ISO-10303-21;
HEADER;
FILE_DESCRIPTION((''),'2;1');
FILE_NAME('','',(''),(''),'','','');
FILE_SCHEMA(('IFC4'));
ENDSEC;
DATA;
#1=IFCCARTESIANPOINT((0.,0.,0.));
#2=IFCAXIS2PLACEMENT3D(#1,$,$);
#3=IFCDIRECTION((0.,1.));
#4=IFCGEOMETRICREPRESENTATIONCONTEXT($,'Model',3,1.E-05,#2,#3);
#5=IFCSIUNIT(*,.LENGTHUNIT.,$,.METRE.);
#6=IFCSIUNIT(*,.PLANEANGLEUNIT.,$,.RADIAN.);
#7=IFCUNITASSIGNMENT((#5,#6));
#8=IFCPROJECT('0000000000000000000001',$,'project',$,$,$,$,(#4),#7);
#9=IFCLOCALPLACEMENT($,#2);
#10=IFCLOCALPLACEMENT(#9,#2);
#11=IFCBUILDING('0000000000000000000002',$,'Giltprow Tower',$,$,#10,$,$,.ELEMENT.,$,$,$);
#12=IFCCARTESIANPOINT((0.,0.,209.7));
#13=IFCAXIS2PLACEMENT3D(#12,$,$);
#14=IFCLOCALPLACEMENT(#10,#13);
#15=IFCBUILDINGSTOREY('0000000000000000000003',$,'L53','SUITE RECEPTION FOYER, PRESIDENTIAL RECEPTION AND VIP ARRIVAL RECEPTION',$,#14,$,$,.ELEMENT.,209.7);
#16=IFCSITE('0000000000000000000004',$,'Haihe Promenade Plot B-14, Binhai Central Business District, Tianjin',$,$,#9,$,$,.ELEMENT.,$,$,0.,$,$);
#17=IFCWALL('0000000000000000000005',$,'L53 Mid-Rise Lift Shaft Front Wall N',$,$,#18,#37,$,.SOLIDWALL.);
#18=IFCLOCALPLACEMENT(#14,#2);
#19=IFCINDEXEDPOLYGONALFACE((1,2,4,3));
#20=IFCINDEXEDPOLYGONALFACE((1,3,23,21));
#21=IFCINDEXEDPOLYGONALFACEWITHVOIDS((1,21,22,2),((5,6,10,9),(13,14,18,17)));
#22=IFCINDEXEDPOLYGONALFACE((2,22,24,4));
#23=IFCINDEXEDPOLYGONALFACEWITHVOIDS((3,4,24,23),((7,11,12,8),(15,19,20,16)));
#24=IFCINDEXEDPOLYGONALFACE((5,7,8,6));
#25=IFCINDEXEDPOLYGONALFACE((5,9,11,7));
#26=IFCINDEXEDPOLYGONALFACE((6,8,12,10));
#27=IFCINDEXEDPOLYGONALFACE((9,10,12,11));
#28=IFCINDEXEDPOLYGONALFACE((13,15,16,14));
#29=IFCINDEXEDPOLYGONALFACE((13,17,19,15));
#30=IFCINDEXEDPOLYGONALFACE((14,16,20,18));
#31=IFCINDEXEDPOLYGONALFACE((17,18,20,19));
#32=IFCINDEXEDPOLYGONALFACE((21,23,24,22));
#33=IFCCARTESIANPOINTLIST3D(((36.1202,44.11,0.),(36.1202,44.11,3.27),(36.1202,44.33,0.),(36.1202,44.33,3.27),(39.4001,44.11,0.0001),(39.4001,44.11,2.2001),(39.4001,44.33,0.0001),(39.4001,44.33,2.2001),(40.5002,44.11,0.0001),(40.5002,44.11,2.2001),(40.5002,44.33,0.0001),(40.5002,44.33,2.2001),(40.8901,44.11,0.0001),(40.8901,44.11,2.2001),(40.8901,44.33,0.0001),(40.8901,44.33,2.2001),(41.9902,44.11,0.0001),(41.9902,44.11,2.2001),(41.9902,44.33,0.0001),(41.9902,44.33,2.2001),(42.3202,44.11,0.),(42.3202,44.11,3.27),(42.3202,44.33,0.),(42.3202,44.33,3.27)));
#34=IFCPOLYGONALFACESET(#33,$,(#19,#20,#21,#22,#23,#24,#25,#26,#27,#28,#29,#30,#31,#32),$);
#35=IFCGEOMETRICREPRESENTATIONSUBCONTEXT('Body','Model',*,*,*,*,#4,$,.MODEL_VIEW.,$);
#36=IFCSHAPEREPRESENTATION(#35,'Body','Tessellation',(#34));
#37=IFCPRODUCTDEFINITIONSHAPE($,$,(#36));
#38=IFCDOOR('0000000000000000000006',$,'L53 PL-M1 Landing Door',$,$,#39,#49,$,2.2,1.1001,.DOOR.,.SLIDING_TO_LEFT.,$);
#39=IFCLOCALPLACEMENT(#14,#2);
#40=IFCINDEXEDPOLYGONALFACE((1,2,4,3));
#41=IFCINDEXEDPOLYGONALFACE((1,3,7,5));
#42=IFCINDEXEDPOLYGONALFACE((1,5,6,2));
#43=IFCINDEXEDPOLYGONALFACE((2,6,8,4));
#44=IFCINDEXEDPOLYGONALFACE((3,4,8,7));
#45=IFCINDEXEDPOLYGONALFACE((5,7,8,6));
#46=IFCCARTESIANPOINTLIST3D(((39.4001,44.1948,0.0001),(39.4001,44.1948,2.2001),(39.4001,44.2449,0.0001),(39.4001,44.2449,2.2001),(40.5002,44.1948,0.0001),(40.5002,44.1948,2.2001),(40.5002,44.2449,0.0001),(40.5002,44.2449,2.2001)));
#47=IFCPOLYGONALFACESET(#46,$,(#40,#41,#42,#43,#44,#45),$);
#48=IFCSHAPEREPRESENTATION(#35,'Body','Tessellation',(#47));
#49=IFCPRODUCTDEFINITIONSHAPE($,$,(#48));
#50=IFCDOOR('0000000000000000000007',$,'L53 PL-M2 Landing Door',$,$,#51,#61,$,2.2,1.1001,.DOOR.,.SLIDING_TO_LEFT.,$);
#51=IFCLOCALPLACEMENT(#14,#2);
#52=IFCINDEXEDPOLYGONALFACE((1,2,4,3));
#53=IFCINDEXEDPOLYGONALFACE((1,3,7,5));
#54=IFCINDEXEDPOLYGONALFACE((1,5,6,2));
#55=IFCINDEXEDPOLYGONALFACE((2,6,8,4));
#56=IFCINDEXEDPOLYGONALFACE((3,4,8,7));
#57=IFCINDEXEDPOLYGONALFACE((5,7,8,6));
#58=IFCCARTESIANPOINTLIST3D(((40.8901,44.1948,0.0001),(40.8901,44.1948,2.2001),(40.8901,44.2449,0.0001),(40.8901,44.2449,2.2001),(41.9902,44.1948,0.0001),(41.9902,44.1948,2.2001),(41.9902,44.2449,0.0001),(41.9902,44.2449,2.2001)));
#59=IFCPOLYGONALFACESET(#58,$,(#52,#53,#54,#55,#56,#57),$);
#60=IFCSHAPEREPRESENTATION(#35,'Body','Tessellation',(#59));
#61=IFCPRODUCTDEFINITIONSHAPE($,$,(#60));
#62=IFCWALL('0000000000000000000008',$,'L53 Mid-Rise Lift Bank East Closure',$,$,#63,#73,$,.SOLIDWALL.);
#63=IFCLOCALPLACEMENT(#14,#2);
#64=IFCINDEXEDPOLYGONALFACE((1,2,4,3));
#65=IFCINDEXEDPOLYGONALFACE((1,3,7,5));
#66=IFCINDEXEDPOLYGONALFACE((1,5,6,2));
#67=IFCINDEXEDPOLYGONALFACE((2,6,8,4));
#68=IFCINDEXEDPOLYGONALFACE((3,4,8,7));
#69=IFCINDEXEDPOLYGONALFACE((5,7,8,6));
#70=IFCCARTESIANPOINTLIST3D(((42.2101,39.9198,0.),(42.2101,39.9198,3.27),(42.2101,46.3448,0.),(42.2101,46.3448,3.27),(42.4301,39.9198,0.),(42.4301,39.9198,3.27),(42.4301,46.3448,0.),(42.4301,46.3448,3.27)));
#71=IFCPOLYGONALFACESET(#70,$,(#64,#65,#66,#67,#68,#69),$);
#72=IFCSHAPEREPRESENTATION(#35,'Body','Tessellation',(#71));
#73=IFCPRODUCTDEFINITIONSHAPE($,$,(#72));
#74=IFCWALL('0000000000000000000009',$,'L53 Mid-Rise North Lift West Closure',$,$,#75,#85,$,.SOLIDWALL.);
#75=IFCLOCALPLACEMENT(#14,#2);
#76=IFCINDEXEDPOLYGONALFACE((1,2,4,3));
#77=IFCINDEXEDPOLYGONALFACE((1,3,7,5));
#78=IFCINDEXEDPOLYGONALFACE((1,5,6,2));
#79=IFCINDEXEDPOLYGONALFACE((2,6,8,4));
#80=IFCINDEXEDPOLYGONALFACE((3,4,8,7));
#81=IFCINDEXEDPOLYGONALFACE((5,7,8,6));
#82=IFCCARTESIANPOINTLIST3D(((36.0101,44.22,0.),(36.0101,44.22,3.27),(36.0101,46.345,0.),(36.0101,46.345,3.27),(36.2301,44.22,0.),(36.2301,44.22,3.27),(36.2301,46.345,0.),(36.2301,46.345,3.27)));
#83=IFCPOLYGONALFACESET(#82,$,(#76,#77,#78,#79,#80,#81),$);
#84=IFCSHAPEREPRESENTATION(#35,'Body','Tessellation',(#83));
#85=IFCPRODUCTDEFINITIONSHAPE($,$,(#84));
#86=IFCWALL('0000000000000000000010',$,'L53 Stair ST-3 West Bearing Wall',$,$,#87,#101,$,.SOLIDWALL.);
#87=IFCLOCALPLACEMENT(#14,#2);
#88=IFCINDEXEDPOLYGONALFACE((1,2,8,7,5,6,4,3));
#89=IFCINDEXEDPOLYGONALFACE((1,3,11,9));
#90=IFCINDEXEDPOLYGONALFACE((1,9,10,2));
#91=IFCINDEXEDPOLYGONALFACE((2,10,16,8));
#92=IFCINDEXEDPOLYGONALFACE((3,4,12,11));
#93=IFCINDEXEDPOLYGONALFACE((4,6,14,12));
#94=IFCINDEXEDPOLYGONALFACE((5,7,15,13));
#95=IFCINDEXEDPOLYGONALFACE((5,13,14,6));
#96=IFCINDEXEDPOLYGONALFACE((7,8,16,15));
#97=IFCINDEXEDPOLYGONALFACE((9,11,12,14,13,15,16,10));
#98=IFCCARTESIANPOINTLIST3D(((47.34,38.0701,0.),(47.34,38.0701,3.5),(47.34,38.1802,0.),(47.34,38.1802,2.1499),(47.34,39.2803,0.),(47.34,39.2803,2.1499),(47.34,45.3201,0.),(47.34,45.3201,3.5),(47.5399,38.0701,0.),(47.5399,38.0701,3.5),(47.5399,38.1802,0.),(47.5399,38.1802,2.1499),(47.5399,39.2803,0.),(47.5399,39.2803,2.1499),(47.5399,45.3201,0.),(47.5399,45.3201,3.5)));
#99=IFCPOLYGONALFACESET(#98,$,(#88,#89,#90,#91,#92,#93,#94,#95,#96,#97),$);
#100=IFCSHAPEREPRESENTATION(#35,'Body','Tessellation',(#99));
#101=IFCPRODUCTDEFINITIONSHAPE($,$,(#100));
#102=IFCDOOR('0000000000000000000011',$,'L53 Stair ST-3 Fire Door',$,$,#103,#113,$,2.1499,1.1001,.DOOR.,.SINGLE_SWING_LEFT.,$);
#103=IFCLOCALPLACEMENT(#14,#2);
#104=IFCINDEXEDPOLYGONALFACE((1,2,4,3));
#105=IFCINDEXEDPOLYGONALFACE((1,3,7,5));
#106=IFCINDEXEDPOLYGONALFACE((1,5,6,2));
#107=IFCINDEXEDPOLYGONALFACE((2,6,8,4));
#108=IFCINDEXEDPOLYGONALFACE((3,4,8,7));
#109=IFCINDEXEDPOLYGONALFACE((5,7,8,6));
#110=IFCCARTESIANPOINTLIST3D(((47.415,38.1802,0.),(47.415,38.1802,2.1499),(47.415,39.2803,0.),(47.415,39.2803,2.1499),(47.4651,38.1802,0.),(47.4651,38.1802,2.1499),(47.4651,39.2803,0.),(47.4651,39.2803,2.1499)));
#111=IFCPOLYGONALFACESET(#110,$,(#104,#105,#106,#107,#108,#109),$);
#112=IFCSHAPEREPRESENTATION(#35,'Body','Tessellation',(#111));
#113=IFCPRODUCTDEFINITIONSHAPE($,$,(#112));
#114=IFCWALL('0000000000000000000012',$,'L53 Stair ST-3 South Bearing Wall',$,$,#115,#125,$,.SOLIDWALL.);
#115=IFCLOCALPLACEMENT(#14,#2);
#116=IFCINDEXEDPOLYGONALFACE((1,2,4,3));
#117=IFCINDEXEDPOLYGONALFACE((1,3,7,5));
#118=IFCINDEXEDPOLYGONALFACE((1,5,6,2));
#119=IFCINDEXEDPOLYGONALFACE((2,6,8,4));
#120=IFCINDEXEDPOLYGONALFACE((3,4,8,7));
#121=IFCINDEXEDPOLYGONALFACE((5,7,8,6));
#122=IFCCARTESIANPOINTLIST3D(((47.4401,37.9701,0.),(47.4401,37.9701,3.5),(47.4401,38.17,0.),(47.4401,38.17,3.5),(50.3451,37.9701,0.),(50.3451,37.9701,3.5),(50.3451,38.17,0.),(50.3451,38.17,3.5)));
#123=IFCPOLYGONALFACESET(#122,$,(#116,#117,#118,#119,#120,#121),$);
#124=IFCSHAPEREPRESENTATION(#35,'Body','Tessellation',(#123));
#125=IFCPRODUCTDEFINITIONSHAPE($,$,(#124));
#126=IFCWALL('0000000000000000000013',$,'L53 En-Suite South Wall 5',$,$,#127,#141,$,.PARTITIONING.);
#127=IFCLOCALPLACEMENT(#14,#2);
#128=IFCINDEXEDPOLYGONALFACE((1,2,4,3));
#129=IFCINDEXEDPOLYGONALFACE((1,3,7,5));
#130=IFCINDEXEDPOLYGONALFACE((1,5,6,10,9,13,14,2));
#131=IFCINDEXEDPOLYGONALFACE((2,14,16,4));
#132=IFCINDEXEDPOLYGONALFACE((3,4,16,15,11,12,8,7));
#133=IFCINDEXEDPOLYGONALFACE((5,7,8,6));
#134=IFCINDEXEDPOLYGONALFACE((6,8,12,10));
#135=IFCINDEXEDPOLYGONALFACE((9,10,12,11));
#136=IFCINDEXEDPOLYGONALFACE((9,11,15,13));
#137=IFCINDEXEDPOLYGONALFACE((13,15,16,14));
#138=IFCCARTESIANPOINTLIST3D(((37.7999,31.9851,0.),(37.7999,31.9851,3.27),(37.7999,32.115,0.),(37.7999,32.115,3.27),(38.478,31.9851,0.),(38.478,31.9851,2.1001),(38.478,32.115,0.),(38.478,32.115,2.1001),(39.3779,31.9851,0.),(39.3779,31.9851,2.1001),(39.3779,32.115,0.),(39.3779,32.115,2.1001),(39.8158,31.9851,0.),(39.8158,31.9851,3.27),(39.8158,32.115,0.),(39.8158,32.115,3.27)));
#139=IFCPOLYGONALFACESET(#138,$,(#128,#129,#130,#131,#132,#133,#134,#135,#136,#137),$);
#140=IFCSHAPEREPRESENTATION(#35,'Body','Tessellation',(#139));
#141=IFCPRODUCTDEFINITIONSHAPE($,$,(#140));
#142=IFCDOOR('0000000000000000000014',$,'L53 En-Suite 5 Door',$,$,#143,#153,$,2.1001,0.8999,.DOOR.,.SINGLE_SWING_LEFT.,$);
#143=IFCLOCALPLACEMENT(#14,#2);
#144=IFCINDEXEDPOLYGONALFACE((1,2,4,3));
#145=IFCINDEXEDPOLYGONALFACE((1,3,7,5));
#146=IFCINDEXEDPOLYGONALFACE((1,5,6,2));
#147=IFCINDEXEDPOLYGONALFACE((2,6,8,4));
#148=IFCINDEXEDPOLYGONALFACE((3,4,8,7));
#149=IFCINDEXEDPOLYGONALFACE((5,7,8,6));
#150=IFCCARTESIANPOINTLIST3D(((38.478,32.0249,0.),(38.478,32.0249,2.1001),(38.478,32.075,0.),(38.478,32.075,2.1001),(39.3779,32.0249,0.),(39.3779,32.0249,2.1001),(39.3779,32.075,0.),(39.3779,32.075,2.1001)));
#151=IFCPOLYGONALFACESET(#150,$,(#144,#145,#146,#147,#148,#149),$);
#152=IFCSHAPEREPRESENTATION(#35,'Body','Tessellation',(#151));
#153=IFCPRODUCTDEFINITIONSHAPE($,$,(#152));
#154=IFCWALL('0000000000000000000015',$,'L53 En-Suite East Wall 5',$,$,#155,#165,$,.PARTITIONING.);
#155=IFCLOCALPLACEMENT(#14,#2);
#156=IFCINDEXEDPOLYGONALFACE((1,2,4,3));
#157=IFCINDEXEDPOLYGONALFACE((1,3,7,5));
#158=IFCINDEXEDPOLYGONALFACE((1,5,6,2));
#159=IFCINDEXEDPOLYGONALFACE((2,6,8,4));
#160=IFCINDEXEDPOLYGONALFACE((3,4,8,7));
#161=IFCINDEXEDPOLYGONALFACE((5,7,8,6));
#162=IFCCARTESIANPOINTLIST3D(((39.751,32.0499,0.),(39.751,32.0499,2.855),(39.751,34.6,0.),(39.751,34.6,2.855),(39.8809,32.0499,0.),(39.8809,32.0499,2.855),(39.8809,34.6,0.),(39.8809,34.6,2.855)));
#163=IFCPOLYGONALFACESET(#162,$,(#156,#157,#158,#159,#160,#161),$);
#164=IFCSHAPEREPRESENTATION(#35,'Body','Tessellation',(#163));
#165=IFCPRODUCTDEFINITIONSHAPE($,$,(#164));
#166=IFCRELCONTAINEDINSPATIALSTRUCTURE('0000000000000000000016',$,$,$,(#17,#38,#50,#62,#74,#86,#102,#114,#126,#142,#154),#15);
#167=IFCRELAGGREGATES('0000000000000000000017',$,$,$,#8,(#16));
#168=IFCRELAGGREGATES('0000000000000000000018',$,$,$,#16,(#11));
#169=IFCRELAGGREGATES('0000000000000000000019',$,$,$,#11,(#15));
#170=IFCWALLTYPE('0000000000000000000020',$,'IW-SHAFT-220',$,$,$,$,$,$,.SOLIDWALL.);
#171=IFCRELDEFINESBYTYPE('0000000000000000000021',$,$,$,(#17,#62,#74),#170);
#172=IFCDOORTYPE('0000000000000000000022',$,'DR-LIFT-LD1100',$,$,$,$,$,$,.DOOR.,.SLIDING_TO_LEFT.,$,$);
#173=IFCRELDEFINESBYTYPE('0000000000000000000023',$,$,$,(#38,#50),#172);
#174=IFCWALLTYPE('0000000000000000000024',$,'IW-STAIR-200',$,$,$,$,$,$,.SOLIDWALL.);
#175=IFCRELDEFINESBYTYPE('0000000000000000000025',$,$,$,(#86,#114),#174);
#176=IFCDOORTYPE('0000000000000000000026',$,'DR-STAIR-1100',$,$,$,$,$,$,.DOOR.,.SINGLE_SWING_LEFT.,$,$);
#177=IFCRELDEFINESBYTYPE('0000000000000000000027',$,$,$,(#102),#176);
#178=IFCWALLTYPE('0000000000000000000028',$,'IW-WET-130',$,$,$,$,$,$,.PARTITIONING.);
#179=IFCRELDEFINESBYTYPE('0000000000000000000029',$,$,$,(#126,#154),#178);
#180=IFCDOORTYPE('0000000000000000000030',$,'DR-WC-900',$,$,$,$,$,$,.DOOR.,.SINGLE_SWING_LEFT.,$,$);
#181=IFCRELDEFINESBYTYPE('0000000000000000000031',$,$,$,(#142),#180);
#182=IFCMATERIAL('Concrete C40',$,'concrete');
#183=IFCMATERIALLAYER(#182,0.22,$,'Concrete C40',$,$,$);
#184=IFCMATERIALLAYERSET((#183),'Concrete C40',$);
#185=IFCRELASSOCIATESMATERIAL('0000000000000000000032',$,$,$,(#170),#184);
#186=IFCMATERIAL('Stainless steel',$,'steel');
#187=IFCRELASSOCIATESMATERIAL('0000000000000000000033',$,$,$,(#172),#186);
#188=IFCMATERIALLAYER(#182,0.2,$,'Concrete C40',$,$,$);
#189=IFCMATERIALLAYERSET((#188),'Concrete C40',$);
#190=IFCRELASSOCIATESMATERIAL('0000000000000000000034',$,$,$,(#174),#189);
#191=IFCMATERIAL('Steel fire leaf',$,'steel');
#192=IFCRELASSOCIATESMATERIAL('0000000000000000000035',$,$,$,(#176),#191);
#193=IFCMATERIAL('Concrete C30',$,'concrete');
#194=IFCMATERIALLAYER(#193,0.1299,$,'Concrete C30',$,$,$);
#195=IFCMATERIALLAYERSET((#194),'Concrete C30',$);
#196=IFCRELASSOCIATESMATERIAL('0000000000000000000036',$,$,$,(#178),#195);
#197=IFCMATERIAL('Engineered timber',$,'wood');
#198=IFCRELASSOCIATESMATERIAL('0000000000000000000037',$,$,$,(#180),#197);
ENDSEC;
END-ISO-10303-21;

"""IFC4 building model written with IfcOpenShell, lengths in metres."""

from ifc_helpers import new_model, si_unit, direction, frame, frame_2d, origin, place, context, subcontext, project, spatial, rectangle, extrude, source, transform, mapped, material, layer, layer_set, type_object, element, fill, save


model = new_model("IFC4")

# Units and contexts
model_context = context("Model", 3, precision=1e-05, world=origin(), true_north=direction((0.0, 1.0)))
body_context = subcontext(model_context, "Body", "Model", "MODEL_VIEW")
ifc_project = project(units=[si_unit("LENGTHUNIT", "METRE"), si_unit("PLANEANGLEUNIT", "RADIAN")], contexts=[model_context])

# Site, building, storey
site_placement = place(None, origin())
site = spatial("IfcSite", under=ifc_project, at=site_placement, Name="Haihe Promenade Plot B-14, Binhai Central Business District, Tianjin", CompositionType="ELEMENT", RefElevation=0.0)
building_placement = place(site_placement, origin())
building = spatial("IfcBuilding", under=site, at=building_placement, Name="Giltprow Tower", CompositionType="ELEMENT")
storey_placement = place(building_placement, frame((0.0, 0.0, 209.7)))
storey = spatial("IfcBuildingStorey", under=building, at=storey_placement, Name="L53", Description="SUITE RECEPTION FOYER, PRESIDENTIAL RECEPTION AND VIP ARRIVAL RECEPTION", CompositionType="ELEMENT", Elevation=209.7)

# Shared definitions
ifc_material_1 = material(Name="Concrete C40", Category="concrete")
ifc_layer_1 = layer(ifc_material_1, 0.22, Name="Concrete C40")
ifc_layer_set_1 = layer_set([ifc_layer_1], Name="Concrete C40")
wall_type_1 = type_object("IfcWallType", Name="IW-SHAFT-220", PredefinedType="SOLIDWALL", material=ifc_layer_set_1)
ifc_material_2 = material(Name="Stainless steel", Category="steel")
door_type_1 = type_object("IfcDoorType", Name="DR-LIFT-LD1100", OperationType="SLIDING_TO_LEFT", PredefinedType="DOOR", material=ifc_material_2)
shared_shape_1 = source(origin(), body_context, "Body", "SweptSolid", [
    extrude(rectangle(XDim=1.1001, YDim=2.2, at=frame_2d((0.55, 1.1001))), frame((0.0, 0.0249, 0.0), z_axis=(0.0, -1.0, 0.0), x_axis=(1.0, 0.0, 0.0)), (0.0, 0.0, 1.0), 0.05),
])

# Wall, openings, doors
wall_1_placement = place(storey_placement, frame((36.1201, 44.22, 0.0), z_axis=(0.0, 0.0, 1.0), x_axis=(1.0, 0.0, 0.0)))
wall_1 = element("IfcWall", 1, at=wall_1_placement, inside=storey, type_object=wall_type_1, Name="L53 Mid-Rise Lift Shaft Front Wall N", PredefinedType="SOLIDWALL", context=body_context, shape_type="SweptSolid", body=[
    extrude(rectangle(XDim=6.2, YDim=0.22, at=frame_2d((3.1001, 0.0))), origin(), (0.0, 0.0, 1.0), 3.27),
])
opening_1_placement = place(wall_1_placement, frame((3.28, 0.0, 0.0)))
opening_1 = element("IfcOpeningElement", 2, at=opening_1_placement, cuts=wall_1, PredefinedType="OPENING", context=body_context, shape_type="SweptSolid", body=[
    extrude(rectangle(XDim=1.1001, YDim=2.2, at=frame_2d((0.55, 1.1001))), frame((0.0, 0.1199, 0.0), z_axis=(0.0, -1.0, 0.0), x_axis=(1.0, 0.0, 0.0)), (0.0, 0.0, 1.0), 0.24),
])
opening_2_placement = place(wall_1_placement, frame((4.77, 0.0, 0.0)))
opening_2 = element("IfcOpeningElement", 3, at=opening_2_placement, cuts=wall_1, PredefinedType="OPENING", context=body_context, shape_type="SweptSolid", body=[
    extrude(rectangle(XDim=1.1001, YDim=2.2, at=frame_2d((0.55, 1.1001))), frame((0.0, 0.1199, 0.0), z_axis=(0.0, -1.0, 0.0), x_axis=(1.0, 0.0, 0.0)), (0.0, 0.0, 1.0), 0.24),
])
door_1_placement = place(opening_1_placement, origin())
door_1 = element("IfcDoor", 4, at=door_1_placement, inside=storey, type_object=door_type_1, Name="L53 PL-M1 Landing Door", OperationType="SLIDING_TO_LEFT", OverallHeight=2.2, OverallWidth=1.1001, PredefinedType="DOOR", context=body_context, shape_type="MappedRepresentation", body=[
    mapped(shared_shape_1, transform((0.0, 0.0, 0.0), x_axis=(1.0, 0.0, 0.0), y_axis=(0.0, 1.0, 0.0), z_axis=(0.0, 0.0, 1.0), scale=1.0)),
])
fill(opening_1, door_1)
door_2_placement = place(opening_2_placement, origin())
door_2 = element("IfcDoor", 5, at=door_2_placement, inside=storey, type_object=door_type_1, Name="L53 PL-M2 Landing Door", OperationType="SLIDING_TO_LEFT", OverallHeight=2.2, OverallWidth=1.1001, PredefinedType="DOOR", context=body_context, shape_type="MappedRepresentation", body=[
    mapped(shared_shape_1, transform((0.0, 0.0, 0.0), x_axis=(1.0, 0.0, 0.0), y_axis=(0.0, 1.0, 0.0), z_axis=(0.0, 0.0, 1.0), scale=1.0)),
])
fill(opening_2, door_2)

# Walls
wall_2_placement = place(storey_placement, frame((42.3201, 39.9199, 0.0), z_axis=(0.0, 0.0, 1.0), x_axis=(0.0, 1.0, 0.0)))
element("IfcWall", 6, at=wall_2_placement, inside=storey, type_object=wall_type_1, Name="L53 Mid-Rise Lift Bank East Closure", PredefinedType="SOLIDWALL", context=body_context, shape_type="SweptSolid", body=[
    extrude(rectangle(XDim=6.425, YDim=0.22, at=frame_2d((3.2124, 0.0))), origin(), (0.0, 0.0, 1.0), 3.27),
])
wall_3_placement = place(storey_placement, frame((36.1201, 44.22, 0.0), z_axis=(0.0, 0.0, 1.0), x_axis=(0.0, 1.0, 0.0)))
element("IfcWall", 7, at=wall_3_placement, inside=storey, type_object=wall_type_1, Name="L53 Mid-Rise North Lift West Closure", PredefinedType="SOLIDWALL", context=body_context, shape_type="SweptSolid", body=[
    extrude(rectangle(XDim=2.125, YDim=0.22, at=frame_2d((1.0625, 0.0))), origin(), (0.0, 0.0, 1.0), 3.27),
])

# Wall, opening, door
ifc_layer_2 = layer(ifc_material_1, 0.2, Name="Concrete C40")
ifc_layer_set_2 = layer_set([ifc_layer_2], Name="Concrete C40")
wall_type_2 = type_object("IfcWallType", Name="IW-STAIR-200", PredefinedType="SOLIDWALL", material=ifc_layer_set_2)
wall_4_placement = place(storey_placement, frame((47.4399, 38.0701, 0.0), z_axis=(0.0, 0.0, 1.0), x_axis=(0.0, 1.0, 0.0)))
wall_4 = element("IfcWall", 8, at=wall_4_placement, inside=storey, type_object=wall_type_2, Name="L53 Stair ST-3 West Bearing Wall", PredefinedType="SOLIDWALL", context=body_context, shape_type="SweptSolid", body=[
    extrude(rectangle(XDim=7.25, YDim=0.2, at=frame_2d((3.625, 0.0))), origin(), (0.0, 0.0, 1.0), 3.5),
])
opening_3_placement = place(wall_4_placement, frame((0.1101, 0.0, 0.0)))
opening_3 = element("IfcOpeningElement", 9, at=opening_3_placement, cuts=wall_4, PredefinedType="OPENING", context=body_context, shape_type="SweptSolid", body=[
    extrude(rectangle(XDim=1.1001, YDim=2.1499, at=frame_2d((0.55, 1.075))), frame((0.0, 0.1099, 0.0), z_axis=(0.0, -1.0, 0.0), x_axis=(1.0, 0.0, 0.0)), (0.0, 0.0, 1.0), 0.22),
])
ifc_material_3 = material(Name="Steel fire leaf", Category="steel")
door_type_2 = type_object("IfcDoorType", Name="DR-STAIR-1100", OperationType="SINGLE_SWING_LEFT", PredefinedType="DOOR", material=ifc_material_3)
shared_shape_2 = source(origin(), body_context, "Body", "SweptSolid", [
    extrude(rectangle(XDim=1.1001, YDim=2.1499, at=frame_2d((0.55, 1.075))), frame((0.0, 0.0249, 0.0), z_axis=(0.0, -1.0, 0.0), x_axis=(1.0, 0.0, 0.0)), (0.0, 0.0, 1.0), 0.05),
])
door_3_placement = place(opening_3_placement, origin())
door_3 = element("IfcDoor", 10, at=door_3_placement, inside=storey, type_object=door_type_2, Name="L53 Stair ST-3 Fire Door", OperationType="SINGLE_SWING_LEFT", OverallHeight=2.1499, OverallWidth=1.1001, PredefinedType="DOOR", context=body_context, shape_type="MappedRepresentation", body=[
    mapped(shared_shape_2, transform((0.0, 0.0, 0.0), x_axis=(1.0, 0.0, 0.0), y_axis=(0.0, 1.0, 0.0), z_axis=(0.0, 0.0, 1.0), scale=1.0)),
])
fill(opening_3, door_3)

# Wall
wall_5_placement = place(storey_placement, frame((47.4399, 38.0701, 0.0), z_axis=(0.0, 0.0, 1.0), x_axis=(1.0, 0.0, 0.0)))
element("IfcWall", 11, at=wall_5_placement, inside=storey, type_object=wall_type_2, Name="L53 Stair ST-3 South Bearing Wall", PredefinedType="SOLIDWALL", context=body_context, shape_type="SweptSolid", body=[
    extrude(rectangle(XDim=2.905, YDim=0.2, at=frame_2d((1.4526, 0.0))), origin(), (0.0, 0.0, 1.0), 3.5),
])

# Wall, opening, door
ifc_material_4 = material(Name="Concrete C30", Category="concrete")
ifc_layer_3 = layer(ifc_material_4, 0.1299, Name="Concrete C30")
ifc_layer_set_3 = layer_set([ifc_layer_3], Name="Concrete C30")
wall_type_3 = type_object("IfcWallType", Name="IW-WET-130", PredefinedType="PARTITIONING", material=ifc_layer_set_3)
wall_6_placement = place(storey_placement, frame((37.8, 32.05, 0.0), z_axis=(0.0, 0.0, 1.0), x_axis=(1.0, 0.0, 0.0)))
wall_6 = element("IfcWall", 12, at=wall_6_placement, inside=storey, type_object=wall_type_3, Name="L53 En-Suite South Wall 5", PredefinedType="PARTITIONING", context=body_context, shape_type="SweptSolid", body=[
    extrude(rectangle(XDim=2.0159, YDim=0.1299, at=frame_2d((1.0078, 0.0))), origin(), (0.0, 0.0, 1.0), 3.27),
])
opening_4_placement = place(wall_6_placement, frame((0.678, 0.0, 0.0)))
opening_4 = element("IfcOpeningElement", 13, at=opening_4_placement, cuts=wall_6, PredefinedType="OPENING", context=body_context, shape_type="SweptSolid", body=[
    extrude(rectangle(XDim=0.8999, YDim=2.1001, at=frame_2d((0.45, 1.05))), frame((0.0, 0.075, 0.0), z_axis=(0.0, -1.0, 0.0), x_axis=(1.0, 0.0, 0.0)), (0.0, 0.0, 1.0), 0.1499),
])
ifc_material_5 = material(Name="Engineered timber", Category="wood")
door_type_3 = type_object("IfcDoorType", Name="DR-WC-900", OperationType="SINGLE_SWING_LEFT", PredefinedType="DOOR", material=ifc_material_5)
shared_shape_3 = source(origin(), body_context, "Body", "SweptSolid", [
    extrude(rectangle(XDim=0.8999, YDim=2.1001, at=frame_2d((0.45, 1.05))), frame((0.0, 0.0249, 0.0), z_axis=(0.0, -1.0, 0.0), x_axis=(1.0, 0.0, 0.0)), (0.0, 0.0, 1.0), 0.05),
])
door_4_placement = place(opening_4_placement, origin())
door_4 = element("IfcDoor", 14, at=door_4_placement, inside=storey, type_object=door_type_3, Name="L53 En-Suite 5 Door", OperationType="SINGLE_SWING_LEFT", OverallHeight=2.1001, OverallWidth=0.8999, PredefinedType="DOOR", context=body_context, shape_type="MappedRepresentation", body=[
    mapped(shared_shape_3, transform((0.0, 0.0, 0.0), x_axis=(1.0, 0.0, 0.0), y_axis=(0.0, 1.0, 0.0), z_axis=(0.0, 0.0, 1.0), scale=1.0)),
])
fill(opening_4, door_4)

# Wall
wall_7_placement = place(storey_placement, frame((39.8159, 32.05, 0.0), z_axis=(0.0, 0.0, 1.0), x_axis=(0.0, 1.0, 0.0)))
element("IfcWall", 15, at=wall_7_placement, inside=storey, type_object=wall_type_3, Name="L53 En-Suite East Wall 5", PredefinedType="PARTITIONING", context=body_context, shape_type="SweptSolid", body=[
    extrude(rectangle(XDim=2.55, YDim=0.1299, at=frame_2d((1.2749, 0.0))), origin(), (0.0, 0.0, 1.0), 2.855),
])

save(model, "model.ifc")
